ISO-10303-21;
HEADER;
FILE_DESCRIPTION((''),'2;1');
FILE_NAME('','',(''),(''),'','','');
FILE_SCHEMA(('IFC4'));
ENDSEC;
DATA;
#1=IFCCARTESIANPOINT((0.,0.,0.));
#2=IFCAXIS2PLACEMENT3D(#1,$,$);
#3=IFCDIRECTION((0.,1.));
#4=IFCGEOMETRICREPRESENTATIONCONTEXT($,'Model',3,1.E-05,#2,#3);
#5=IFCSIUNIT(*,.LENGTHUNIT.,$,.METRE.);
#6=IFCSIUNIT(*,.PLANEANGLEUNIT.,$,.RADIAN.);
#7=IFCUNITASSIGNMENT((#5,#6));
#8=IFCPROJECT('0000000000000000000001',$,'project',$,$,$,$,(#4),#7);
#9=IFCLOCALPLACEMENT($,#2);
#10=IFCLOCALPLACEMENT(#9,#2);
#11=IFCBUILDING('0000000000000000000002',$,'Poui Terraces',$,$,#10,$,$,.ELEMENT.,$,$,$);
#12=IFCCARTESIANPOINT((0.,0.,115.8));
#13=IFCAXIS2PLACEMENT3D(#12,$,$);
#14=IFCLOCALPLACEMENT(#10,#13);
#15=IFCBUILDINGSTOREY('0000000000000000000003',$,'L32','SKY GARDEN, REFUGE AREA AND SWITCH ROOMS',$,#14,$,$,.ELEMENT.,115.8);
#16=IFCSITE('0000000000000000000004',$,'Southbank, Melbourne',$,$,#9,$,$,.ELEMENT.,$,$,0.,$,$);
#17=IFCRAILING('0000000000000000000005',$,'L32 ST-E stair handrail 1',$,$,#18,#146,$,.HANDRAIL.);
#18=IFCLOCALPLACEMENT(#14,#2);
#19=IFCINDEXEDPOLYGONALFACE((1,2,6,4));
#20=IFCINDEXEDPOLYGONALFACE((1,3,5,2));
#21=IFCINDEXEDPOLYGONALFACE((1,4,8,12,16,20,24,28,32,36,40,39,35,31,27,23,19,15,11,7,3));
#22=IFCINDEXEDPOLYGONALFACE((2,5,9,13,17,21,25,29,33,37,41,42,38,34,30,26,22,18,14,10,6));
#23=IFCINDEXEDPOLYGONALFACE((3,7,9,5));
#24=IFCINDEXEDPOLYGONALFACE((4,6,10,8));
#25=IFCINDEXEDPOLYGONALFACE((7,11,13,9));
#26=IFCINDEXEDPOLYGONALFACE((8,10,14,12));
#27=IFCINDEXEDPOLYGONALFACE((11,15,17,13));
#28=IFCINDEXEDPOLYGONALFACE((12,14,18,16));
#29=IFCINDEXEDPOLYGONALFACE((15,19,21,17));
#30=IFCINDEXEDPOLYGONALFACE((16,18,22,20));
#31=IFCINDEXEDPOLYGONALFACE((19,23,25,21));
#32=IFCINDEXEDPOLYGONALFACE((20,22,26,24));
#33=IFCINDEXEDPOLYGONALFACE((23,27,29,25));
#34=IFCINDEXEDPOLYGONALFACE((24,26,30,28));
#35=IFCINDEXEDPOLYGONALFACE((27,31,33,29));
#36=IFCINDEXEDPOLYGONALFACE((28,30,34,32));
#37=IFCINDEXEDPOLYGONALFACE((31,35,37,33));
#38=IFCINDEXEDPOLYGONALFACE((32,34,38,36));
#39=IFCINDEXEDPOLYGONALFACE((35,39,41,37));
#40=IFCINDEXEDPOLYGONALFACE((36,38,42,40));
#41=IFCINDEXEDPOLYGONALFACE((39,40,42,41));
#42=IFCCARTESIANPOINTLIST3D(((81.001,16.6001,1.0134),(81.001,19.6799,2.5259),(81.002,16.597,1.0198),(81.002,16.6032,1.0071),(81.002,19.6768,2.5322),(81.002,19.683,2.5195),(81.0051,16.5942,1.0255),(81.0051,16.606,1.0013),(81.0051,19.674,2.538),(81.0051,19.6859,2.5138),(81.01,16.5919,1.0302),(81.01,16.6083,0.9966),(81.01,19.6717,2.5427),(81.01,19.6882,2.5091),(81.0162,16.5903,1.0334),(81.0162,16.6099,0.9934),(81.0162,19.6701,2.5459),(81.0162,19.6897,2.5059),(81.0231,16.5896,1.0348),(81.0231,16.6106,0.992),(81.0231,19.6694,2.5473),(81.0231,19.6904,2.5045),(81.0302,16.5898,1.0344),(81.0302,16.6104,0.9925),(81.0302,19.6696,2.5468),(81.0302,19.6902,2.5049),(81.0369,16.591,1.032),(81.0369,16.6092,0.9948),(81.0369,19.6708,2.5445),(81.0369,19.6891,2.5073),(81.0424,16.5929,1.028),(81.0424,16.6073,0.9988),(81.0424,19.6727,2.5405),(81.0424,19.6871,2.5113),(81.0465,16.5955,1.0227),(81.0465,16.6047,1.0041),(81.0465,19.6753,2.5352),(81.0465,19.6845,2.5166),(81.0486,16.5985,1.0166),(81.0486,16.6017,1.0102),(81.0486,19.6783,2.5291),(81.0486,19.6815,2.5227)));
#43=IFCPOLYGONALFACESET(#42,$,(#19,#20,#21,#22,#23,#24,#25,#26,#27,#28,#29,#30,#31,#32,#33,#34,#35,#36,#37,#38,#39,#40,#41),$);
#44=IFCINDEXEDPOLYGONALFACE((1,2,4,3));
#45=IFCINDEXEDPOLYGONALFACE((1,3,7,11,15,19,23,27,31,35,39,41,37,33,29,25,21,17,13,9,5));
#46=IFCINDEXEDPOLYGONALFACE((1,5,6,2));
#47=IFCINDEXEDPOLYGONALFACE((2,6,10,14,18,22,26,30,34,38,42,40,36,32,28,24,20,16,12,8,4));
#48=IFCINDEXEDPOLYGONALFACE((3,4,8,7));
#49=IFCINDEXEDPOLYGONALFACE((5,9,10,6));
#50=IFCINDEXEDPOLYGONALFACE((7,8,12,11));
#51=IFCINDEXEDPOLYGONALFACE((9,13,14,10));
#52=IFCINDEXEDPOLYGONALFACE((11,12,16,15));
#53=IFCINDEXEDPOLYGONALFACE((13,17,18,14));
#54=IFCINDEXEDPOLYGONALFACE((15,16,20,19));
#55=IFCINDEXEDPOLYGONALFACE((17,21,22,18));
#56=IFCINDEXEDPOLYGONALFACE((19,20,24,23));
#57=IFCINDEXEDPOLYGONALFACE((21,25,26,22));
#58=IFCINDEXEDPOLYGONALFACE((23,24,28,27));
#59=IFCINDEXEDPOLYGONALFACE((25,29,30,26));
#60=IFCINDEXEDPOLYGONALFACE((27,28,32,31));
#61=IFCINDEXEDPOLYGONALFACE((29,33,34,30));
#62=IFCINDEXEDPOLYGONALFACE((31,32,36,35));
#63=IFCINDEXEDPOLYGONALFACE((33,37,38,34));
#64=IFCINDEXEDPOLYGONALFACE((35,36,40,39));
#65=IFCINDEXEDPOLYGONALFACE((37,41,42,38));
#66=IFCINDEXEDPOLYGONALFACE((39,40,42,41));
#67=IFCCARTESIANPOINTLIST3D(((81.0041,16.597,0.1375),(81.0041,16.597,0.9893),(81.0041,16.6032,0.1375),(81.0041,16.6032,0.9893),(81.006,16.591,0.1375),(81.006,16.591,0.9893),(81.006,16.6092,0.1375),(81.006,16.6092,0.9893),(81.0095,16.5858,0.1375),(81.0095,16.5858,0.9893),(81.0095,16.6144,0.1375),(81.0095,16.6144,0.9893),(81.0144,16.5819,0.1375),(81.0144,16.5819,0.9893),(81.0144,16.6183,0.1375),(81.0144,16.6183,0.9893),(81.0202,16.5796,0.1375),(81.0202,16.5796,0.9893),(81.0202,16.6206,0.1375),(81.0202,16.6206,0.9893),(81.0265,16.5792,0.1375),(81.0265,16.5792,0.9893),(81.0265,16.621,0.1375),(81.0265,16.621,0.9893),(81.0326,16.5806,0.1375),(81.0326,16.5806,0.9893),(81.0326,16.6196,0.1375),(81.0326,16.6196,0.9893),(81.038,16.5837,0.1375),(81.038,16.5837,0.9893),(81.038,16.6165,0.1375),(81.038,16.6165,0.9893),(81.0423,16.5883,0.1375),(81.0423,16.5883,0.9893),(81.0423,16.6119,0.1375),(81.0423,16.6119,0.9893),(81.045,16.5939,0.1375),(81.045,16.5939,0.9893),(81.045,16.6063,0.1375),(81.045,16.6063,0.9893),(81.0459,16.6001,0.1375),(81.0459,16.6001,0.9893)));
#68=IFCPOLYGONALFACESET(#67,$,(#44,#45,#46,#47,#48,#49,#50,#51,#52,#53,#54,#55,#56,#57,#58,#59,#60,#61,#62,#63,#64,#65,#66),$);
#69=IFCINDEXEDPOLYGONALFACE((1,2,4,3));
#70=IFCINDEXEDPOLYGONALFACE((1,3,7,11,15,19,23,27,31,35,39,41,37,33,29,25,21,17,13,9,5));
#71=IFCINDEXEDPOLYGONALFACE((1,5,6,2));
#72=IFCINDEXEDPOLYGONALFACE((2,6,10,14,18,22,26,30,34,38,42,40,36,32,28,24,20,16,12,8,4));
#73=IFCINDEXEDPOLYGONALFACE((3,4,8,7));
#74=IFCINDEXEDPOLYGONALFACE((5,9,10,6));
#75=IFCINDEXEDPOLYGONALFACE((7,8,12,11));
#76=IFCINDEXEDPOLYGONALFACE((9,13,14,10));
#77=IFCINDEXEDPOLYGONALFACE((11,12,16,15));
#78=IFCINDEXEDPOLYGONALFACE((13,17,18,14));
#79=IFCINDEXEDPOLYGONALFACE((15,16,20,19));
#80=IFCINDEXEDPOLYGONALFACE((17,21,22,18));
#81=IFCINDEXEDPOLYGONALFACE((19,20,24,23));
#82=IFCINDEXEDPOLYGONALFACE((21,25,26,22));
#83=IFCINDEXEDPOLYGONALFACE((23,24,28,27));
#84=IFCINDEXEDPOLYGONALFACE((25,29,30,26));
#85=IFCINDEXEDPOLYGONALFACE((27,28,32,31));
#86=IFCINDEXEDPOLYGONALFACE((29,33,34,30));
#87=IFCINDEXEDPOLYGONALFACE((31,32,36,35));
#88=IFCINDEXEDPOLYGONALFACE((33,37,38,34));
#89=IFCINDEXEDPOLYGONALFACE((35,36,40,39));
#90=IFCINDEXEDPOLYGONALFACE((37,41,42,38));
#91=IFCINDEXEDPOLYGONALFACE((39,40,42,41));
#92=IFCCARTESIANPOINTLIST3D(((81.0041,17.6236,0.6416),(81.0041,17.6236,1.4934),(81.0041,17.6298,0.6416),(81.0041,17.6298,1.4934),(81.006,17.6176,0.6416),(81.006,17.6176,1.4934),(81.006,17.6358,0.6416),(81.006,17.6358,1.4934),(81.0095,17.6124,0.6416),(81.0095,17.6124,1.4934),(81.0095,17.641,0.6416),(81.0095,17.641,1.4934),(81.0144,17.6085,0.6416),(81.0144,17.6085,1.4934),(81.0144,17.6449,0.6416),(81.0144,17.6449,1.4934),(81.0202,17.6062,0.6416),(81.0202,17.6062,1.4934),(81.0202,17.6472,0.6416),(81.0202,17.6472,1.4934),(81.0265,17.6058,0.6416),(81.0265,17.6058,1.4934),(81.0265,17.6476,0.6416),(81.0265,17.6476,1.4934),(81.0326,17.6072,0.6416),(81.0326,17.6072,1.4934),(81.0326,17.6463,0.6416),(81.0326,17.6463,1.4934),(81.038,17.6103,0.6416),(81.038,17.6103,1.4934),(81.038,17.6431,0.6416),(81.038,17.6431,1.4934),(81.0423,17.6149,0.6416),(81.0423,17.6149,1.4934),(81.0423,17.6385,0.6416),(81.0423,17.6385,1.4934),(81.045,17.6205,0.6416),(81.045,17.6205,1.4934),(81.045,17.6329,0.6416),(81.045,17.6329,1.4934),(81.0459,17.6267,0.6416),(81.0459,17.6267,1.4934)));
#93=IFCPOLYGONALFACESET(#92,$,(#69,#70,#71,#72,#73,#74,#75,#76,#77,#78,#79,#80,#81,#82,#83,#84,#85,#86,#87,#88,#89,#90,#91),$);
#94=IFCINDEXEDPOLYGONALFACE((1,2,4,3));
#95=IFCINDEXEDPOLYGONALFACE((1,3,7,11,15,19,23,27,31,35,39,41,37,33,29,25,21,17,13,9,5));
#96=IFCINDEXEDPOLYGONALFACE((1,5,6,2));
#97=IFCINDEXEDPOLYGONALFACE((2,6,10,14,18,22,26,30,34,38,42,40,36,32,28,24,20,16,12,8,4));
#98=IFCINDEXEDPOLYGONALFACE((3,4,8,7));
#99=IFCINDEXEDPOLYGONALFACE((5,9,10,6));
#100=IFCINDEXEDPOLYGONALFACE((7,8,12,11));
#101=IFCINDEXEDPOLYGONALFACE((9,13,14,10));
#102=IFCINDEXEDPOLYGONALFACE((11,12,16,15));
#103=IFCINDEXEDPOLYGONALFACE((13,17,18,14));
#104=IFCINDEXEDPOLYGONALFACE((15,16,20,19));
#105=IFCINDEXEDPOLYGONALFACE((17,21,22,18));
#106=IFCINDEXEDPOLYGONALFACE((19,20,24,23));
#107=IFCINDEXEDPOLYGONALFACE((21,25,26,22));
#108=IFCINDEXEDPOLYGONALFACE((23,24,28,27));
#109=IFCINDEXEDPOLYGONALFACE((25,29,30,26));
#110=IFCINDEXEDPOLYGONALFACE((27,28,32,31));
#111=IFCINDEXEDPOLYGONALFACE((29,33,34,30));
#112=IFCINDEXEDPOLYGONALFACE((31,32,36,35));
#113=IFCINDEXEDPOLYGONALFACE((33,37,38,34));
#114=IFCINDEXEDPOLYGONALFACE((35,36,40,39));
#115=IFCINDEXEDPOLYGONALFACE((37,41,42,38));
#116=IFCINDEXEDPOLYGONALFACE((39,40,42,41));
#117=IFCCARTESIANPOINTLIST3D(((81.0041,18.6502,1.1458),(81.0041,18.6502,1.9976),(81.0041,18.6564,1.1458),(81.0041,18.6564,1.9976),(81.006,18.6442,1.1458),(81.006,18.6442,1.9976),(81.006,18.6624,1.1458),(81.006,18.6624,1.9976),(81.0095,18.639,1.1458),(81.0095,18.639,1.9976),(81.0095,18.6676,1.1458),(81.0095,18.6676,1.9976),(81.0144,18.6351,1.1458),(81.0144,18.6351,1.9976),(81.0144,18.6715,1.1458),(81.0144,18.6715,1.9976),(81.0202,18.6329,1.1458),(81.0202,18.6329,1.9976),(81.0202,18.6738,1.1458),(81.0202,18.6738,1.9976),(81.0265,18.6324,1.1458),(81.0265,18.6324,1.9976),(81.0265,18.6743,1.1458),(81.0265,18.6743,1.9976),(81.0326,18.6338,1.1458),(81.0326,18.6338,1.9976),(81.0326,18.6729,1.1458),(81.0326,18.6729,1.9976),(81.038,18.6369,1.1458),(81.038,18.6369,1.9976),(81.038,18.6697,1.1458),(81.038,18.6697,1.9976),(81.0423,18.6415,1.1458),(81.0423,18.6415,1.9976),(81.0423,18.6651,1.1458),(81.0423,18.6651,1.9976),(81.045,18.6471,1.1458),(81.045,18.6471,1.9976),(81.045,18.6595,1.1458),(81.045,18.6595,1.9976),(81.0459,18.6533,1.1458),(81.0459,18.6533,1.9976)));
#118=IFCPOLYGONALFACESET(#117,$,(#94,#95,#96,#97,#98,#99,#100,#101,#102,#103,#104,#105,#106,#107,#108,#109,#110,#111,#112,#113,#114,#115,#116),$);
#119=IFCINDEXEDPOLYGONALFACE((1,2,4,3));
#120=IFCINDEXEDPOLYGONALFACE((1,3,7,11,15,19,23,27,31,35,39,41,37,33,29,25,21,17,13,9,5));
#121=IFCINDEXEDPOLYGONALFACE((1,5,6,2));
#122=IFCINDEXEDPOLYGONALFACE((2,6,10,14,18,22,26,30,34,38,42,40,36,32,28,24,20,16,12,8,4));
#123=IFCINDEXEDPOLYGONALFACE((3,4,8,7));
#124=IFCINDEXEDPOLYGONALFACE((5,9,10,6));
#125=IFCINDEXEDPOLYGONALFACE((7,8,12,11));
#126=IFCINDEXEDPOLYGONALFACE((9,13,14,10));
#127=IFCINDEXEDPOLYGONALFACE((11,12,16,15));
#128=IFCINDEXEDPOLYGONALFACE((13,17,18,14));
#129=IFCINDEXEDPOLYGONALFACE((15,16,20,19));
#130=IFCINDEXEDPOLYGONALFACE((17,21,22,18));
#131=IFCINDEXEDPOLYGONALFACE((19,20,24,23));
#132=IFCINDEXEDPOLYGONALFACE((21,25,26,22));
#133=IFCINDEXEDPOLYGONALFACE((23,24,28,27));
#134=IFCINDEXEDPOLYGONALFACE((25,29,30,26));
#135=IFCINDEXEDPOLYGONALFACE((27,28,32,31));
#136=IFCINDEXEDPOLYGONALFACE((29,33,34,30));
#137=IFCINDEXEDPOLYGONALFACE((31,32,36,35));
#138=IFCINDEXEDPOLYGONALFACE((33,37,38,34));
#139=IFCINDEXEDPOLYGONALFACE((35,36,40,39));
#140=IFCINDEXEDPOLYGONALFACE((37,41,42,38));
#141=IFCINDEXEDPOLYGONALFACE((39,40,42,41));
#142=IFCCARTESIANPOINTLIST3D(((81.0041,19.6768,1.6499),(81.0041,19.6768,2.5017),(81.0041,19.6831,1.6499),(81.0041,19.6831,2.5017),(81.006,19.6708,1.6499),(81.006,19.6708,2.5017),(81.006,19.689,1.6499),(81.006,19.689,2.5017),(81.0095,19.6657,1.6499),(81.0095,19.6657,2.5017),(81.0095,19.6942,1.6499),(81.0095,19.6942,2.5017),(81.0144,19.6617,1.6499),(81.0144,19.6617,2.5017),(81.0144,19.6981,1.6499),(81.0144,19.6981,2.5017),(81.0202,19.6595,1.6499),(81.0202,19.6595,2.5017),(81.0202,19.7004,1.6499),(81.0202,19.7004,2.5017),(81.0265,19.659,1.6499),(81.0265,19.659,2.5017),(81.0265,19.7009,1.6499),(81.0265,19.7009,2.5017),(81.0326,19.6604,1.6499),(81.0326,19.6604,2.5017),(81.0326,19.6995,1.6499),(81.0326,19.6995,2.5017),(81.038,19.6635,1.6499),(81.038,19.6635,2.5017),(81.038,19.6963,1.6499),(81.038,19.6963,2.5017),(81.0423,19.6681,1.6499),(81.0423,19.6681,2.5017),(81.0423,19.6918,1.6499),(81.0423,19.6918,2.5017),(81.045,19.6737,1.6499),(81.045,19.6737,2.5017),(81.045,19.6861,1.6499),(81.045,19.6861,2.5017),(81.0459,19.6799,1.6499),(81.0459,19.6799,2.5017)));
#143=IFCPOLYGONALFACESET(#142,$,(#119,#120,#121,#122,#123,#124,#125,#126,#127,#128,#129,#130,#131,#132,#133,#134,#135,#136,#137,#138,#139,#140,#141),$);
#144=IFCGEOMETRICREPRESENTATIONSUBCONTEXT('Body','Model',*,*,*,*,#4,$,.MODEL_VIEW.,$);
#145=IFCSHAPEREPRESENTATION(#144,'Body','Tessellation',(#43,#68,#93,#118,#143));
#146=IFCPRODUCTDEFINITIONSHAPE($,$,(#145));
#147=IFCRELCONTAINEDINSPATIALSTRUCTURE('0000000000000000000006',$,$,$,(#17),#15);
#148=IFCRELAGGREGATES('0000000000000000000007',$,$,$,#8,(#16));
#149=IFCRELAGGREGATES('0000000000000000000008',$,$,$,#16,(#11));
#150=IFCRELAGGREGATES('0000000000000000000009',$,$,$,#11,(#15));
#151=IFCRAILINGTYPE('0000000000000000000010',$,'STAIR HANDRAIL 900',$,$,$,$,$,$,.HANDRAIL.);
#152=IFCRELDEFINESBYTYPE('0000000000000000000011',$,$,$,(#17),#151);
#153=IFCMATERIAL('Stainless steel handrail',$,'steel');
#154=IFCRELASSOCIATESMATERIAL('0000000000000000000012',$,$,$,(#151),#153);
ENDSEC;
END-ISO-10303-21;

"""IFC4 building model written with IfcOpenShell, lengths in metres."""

from ifc_helpers import new_model, si_unit, direction, frame, origin, origin_2d, place, context, subcontext, project, spatial, circle, extrude, material, type_object, element, save


model = new_model("IFC4")

# Units and contexts
model_context = context("Model", 3, precision=1e-05, world=origin(), true_north=direction((0.0, 1.0)))
body_context = subcontext(model_context, "Body", "Model", "MODEL_VIEW")
ifc_project = project(units=[si_unit("LENGTHUNIT", "METRE"), si_unit("PLANEANGLEUNIT", "RADIAN")], contexts=[model_context])

# Site, building, storey
site_placement = place(None, origin())
site = spatial("IfcSite", under=ifc_project, at=site_placement, Name="Southbank, Melbourne", CompositionType="ELEMENT", RefElevation=0.0)
building_placement = place(site_placement, origin())
building = spatial("IfcBuilding", under=site, at=building_placement, Name="Poui Terraces", CompositionType="ELEMENT")
storey_placement = place(building_placement, frame((0.0, 0.0, 115.8)))
storey = spatial("IfcBuildingStorey", under=building, at=storey_placement, Name="L32", Description="SKY GARDEN, REFUGE AREA AND SWITCH ROOMS", CompositionType="ELEMENT", Elevation=115.8)

# Railing
ifc_material_1 = material(Name="Stainless steel handrail", Category="steel")
railing_type_1 = type_object("IfcRailingType", Name="STAIR HANDRAIL 900", PredefinedType="HANDRAIL", material=ifc_material_1)
railing_1_placement = place(storey_placement, frame((81.0249, 16.6001, 0.1375)))
element("IfcRailing", 1, at=railing_1_placement, inside=storey, type_object=railing_type_1, Name="L32 ST-E stair handrail 1", PredefinedType="HANDRAIL", context=body_context, shape_type="SweptSolid", body=[
    extrude(circle(Radius=0.0239, at=origin_2d()), frame((0.0, 0.0, 0.876), z_axis=(0.0, 0.897606, 0.440798), x_axis=(-1.0, 0.0, 0.0)), (0.0, 0.0, 1.0), 3.4312),
    extrude(circle(Radius=0.021, at=origin_2d()), origin(), (0.0, 0.0, 1.0), 0.8518),
    extrude(circle(Radius=0.021, at=origin_2d()), frame((0.0, 1.0266, 0.5042)), (0.0, 0.0, 1.0), 0.8518),
    extrude(circle(Radius=0.021, at=origin_2d()), frame((0.0, 2.0532, 1.0083)), (0.0, 0.0, 1.0), 0.8518),
    extrude(circle(Radius=0.021, at=origin_2d()), frame((0.0, 3.0798, 1.5125)), (0.0, 0.0, 1.0), 0.8518),
])

save(model, "model.ifc")
